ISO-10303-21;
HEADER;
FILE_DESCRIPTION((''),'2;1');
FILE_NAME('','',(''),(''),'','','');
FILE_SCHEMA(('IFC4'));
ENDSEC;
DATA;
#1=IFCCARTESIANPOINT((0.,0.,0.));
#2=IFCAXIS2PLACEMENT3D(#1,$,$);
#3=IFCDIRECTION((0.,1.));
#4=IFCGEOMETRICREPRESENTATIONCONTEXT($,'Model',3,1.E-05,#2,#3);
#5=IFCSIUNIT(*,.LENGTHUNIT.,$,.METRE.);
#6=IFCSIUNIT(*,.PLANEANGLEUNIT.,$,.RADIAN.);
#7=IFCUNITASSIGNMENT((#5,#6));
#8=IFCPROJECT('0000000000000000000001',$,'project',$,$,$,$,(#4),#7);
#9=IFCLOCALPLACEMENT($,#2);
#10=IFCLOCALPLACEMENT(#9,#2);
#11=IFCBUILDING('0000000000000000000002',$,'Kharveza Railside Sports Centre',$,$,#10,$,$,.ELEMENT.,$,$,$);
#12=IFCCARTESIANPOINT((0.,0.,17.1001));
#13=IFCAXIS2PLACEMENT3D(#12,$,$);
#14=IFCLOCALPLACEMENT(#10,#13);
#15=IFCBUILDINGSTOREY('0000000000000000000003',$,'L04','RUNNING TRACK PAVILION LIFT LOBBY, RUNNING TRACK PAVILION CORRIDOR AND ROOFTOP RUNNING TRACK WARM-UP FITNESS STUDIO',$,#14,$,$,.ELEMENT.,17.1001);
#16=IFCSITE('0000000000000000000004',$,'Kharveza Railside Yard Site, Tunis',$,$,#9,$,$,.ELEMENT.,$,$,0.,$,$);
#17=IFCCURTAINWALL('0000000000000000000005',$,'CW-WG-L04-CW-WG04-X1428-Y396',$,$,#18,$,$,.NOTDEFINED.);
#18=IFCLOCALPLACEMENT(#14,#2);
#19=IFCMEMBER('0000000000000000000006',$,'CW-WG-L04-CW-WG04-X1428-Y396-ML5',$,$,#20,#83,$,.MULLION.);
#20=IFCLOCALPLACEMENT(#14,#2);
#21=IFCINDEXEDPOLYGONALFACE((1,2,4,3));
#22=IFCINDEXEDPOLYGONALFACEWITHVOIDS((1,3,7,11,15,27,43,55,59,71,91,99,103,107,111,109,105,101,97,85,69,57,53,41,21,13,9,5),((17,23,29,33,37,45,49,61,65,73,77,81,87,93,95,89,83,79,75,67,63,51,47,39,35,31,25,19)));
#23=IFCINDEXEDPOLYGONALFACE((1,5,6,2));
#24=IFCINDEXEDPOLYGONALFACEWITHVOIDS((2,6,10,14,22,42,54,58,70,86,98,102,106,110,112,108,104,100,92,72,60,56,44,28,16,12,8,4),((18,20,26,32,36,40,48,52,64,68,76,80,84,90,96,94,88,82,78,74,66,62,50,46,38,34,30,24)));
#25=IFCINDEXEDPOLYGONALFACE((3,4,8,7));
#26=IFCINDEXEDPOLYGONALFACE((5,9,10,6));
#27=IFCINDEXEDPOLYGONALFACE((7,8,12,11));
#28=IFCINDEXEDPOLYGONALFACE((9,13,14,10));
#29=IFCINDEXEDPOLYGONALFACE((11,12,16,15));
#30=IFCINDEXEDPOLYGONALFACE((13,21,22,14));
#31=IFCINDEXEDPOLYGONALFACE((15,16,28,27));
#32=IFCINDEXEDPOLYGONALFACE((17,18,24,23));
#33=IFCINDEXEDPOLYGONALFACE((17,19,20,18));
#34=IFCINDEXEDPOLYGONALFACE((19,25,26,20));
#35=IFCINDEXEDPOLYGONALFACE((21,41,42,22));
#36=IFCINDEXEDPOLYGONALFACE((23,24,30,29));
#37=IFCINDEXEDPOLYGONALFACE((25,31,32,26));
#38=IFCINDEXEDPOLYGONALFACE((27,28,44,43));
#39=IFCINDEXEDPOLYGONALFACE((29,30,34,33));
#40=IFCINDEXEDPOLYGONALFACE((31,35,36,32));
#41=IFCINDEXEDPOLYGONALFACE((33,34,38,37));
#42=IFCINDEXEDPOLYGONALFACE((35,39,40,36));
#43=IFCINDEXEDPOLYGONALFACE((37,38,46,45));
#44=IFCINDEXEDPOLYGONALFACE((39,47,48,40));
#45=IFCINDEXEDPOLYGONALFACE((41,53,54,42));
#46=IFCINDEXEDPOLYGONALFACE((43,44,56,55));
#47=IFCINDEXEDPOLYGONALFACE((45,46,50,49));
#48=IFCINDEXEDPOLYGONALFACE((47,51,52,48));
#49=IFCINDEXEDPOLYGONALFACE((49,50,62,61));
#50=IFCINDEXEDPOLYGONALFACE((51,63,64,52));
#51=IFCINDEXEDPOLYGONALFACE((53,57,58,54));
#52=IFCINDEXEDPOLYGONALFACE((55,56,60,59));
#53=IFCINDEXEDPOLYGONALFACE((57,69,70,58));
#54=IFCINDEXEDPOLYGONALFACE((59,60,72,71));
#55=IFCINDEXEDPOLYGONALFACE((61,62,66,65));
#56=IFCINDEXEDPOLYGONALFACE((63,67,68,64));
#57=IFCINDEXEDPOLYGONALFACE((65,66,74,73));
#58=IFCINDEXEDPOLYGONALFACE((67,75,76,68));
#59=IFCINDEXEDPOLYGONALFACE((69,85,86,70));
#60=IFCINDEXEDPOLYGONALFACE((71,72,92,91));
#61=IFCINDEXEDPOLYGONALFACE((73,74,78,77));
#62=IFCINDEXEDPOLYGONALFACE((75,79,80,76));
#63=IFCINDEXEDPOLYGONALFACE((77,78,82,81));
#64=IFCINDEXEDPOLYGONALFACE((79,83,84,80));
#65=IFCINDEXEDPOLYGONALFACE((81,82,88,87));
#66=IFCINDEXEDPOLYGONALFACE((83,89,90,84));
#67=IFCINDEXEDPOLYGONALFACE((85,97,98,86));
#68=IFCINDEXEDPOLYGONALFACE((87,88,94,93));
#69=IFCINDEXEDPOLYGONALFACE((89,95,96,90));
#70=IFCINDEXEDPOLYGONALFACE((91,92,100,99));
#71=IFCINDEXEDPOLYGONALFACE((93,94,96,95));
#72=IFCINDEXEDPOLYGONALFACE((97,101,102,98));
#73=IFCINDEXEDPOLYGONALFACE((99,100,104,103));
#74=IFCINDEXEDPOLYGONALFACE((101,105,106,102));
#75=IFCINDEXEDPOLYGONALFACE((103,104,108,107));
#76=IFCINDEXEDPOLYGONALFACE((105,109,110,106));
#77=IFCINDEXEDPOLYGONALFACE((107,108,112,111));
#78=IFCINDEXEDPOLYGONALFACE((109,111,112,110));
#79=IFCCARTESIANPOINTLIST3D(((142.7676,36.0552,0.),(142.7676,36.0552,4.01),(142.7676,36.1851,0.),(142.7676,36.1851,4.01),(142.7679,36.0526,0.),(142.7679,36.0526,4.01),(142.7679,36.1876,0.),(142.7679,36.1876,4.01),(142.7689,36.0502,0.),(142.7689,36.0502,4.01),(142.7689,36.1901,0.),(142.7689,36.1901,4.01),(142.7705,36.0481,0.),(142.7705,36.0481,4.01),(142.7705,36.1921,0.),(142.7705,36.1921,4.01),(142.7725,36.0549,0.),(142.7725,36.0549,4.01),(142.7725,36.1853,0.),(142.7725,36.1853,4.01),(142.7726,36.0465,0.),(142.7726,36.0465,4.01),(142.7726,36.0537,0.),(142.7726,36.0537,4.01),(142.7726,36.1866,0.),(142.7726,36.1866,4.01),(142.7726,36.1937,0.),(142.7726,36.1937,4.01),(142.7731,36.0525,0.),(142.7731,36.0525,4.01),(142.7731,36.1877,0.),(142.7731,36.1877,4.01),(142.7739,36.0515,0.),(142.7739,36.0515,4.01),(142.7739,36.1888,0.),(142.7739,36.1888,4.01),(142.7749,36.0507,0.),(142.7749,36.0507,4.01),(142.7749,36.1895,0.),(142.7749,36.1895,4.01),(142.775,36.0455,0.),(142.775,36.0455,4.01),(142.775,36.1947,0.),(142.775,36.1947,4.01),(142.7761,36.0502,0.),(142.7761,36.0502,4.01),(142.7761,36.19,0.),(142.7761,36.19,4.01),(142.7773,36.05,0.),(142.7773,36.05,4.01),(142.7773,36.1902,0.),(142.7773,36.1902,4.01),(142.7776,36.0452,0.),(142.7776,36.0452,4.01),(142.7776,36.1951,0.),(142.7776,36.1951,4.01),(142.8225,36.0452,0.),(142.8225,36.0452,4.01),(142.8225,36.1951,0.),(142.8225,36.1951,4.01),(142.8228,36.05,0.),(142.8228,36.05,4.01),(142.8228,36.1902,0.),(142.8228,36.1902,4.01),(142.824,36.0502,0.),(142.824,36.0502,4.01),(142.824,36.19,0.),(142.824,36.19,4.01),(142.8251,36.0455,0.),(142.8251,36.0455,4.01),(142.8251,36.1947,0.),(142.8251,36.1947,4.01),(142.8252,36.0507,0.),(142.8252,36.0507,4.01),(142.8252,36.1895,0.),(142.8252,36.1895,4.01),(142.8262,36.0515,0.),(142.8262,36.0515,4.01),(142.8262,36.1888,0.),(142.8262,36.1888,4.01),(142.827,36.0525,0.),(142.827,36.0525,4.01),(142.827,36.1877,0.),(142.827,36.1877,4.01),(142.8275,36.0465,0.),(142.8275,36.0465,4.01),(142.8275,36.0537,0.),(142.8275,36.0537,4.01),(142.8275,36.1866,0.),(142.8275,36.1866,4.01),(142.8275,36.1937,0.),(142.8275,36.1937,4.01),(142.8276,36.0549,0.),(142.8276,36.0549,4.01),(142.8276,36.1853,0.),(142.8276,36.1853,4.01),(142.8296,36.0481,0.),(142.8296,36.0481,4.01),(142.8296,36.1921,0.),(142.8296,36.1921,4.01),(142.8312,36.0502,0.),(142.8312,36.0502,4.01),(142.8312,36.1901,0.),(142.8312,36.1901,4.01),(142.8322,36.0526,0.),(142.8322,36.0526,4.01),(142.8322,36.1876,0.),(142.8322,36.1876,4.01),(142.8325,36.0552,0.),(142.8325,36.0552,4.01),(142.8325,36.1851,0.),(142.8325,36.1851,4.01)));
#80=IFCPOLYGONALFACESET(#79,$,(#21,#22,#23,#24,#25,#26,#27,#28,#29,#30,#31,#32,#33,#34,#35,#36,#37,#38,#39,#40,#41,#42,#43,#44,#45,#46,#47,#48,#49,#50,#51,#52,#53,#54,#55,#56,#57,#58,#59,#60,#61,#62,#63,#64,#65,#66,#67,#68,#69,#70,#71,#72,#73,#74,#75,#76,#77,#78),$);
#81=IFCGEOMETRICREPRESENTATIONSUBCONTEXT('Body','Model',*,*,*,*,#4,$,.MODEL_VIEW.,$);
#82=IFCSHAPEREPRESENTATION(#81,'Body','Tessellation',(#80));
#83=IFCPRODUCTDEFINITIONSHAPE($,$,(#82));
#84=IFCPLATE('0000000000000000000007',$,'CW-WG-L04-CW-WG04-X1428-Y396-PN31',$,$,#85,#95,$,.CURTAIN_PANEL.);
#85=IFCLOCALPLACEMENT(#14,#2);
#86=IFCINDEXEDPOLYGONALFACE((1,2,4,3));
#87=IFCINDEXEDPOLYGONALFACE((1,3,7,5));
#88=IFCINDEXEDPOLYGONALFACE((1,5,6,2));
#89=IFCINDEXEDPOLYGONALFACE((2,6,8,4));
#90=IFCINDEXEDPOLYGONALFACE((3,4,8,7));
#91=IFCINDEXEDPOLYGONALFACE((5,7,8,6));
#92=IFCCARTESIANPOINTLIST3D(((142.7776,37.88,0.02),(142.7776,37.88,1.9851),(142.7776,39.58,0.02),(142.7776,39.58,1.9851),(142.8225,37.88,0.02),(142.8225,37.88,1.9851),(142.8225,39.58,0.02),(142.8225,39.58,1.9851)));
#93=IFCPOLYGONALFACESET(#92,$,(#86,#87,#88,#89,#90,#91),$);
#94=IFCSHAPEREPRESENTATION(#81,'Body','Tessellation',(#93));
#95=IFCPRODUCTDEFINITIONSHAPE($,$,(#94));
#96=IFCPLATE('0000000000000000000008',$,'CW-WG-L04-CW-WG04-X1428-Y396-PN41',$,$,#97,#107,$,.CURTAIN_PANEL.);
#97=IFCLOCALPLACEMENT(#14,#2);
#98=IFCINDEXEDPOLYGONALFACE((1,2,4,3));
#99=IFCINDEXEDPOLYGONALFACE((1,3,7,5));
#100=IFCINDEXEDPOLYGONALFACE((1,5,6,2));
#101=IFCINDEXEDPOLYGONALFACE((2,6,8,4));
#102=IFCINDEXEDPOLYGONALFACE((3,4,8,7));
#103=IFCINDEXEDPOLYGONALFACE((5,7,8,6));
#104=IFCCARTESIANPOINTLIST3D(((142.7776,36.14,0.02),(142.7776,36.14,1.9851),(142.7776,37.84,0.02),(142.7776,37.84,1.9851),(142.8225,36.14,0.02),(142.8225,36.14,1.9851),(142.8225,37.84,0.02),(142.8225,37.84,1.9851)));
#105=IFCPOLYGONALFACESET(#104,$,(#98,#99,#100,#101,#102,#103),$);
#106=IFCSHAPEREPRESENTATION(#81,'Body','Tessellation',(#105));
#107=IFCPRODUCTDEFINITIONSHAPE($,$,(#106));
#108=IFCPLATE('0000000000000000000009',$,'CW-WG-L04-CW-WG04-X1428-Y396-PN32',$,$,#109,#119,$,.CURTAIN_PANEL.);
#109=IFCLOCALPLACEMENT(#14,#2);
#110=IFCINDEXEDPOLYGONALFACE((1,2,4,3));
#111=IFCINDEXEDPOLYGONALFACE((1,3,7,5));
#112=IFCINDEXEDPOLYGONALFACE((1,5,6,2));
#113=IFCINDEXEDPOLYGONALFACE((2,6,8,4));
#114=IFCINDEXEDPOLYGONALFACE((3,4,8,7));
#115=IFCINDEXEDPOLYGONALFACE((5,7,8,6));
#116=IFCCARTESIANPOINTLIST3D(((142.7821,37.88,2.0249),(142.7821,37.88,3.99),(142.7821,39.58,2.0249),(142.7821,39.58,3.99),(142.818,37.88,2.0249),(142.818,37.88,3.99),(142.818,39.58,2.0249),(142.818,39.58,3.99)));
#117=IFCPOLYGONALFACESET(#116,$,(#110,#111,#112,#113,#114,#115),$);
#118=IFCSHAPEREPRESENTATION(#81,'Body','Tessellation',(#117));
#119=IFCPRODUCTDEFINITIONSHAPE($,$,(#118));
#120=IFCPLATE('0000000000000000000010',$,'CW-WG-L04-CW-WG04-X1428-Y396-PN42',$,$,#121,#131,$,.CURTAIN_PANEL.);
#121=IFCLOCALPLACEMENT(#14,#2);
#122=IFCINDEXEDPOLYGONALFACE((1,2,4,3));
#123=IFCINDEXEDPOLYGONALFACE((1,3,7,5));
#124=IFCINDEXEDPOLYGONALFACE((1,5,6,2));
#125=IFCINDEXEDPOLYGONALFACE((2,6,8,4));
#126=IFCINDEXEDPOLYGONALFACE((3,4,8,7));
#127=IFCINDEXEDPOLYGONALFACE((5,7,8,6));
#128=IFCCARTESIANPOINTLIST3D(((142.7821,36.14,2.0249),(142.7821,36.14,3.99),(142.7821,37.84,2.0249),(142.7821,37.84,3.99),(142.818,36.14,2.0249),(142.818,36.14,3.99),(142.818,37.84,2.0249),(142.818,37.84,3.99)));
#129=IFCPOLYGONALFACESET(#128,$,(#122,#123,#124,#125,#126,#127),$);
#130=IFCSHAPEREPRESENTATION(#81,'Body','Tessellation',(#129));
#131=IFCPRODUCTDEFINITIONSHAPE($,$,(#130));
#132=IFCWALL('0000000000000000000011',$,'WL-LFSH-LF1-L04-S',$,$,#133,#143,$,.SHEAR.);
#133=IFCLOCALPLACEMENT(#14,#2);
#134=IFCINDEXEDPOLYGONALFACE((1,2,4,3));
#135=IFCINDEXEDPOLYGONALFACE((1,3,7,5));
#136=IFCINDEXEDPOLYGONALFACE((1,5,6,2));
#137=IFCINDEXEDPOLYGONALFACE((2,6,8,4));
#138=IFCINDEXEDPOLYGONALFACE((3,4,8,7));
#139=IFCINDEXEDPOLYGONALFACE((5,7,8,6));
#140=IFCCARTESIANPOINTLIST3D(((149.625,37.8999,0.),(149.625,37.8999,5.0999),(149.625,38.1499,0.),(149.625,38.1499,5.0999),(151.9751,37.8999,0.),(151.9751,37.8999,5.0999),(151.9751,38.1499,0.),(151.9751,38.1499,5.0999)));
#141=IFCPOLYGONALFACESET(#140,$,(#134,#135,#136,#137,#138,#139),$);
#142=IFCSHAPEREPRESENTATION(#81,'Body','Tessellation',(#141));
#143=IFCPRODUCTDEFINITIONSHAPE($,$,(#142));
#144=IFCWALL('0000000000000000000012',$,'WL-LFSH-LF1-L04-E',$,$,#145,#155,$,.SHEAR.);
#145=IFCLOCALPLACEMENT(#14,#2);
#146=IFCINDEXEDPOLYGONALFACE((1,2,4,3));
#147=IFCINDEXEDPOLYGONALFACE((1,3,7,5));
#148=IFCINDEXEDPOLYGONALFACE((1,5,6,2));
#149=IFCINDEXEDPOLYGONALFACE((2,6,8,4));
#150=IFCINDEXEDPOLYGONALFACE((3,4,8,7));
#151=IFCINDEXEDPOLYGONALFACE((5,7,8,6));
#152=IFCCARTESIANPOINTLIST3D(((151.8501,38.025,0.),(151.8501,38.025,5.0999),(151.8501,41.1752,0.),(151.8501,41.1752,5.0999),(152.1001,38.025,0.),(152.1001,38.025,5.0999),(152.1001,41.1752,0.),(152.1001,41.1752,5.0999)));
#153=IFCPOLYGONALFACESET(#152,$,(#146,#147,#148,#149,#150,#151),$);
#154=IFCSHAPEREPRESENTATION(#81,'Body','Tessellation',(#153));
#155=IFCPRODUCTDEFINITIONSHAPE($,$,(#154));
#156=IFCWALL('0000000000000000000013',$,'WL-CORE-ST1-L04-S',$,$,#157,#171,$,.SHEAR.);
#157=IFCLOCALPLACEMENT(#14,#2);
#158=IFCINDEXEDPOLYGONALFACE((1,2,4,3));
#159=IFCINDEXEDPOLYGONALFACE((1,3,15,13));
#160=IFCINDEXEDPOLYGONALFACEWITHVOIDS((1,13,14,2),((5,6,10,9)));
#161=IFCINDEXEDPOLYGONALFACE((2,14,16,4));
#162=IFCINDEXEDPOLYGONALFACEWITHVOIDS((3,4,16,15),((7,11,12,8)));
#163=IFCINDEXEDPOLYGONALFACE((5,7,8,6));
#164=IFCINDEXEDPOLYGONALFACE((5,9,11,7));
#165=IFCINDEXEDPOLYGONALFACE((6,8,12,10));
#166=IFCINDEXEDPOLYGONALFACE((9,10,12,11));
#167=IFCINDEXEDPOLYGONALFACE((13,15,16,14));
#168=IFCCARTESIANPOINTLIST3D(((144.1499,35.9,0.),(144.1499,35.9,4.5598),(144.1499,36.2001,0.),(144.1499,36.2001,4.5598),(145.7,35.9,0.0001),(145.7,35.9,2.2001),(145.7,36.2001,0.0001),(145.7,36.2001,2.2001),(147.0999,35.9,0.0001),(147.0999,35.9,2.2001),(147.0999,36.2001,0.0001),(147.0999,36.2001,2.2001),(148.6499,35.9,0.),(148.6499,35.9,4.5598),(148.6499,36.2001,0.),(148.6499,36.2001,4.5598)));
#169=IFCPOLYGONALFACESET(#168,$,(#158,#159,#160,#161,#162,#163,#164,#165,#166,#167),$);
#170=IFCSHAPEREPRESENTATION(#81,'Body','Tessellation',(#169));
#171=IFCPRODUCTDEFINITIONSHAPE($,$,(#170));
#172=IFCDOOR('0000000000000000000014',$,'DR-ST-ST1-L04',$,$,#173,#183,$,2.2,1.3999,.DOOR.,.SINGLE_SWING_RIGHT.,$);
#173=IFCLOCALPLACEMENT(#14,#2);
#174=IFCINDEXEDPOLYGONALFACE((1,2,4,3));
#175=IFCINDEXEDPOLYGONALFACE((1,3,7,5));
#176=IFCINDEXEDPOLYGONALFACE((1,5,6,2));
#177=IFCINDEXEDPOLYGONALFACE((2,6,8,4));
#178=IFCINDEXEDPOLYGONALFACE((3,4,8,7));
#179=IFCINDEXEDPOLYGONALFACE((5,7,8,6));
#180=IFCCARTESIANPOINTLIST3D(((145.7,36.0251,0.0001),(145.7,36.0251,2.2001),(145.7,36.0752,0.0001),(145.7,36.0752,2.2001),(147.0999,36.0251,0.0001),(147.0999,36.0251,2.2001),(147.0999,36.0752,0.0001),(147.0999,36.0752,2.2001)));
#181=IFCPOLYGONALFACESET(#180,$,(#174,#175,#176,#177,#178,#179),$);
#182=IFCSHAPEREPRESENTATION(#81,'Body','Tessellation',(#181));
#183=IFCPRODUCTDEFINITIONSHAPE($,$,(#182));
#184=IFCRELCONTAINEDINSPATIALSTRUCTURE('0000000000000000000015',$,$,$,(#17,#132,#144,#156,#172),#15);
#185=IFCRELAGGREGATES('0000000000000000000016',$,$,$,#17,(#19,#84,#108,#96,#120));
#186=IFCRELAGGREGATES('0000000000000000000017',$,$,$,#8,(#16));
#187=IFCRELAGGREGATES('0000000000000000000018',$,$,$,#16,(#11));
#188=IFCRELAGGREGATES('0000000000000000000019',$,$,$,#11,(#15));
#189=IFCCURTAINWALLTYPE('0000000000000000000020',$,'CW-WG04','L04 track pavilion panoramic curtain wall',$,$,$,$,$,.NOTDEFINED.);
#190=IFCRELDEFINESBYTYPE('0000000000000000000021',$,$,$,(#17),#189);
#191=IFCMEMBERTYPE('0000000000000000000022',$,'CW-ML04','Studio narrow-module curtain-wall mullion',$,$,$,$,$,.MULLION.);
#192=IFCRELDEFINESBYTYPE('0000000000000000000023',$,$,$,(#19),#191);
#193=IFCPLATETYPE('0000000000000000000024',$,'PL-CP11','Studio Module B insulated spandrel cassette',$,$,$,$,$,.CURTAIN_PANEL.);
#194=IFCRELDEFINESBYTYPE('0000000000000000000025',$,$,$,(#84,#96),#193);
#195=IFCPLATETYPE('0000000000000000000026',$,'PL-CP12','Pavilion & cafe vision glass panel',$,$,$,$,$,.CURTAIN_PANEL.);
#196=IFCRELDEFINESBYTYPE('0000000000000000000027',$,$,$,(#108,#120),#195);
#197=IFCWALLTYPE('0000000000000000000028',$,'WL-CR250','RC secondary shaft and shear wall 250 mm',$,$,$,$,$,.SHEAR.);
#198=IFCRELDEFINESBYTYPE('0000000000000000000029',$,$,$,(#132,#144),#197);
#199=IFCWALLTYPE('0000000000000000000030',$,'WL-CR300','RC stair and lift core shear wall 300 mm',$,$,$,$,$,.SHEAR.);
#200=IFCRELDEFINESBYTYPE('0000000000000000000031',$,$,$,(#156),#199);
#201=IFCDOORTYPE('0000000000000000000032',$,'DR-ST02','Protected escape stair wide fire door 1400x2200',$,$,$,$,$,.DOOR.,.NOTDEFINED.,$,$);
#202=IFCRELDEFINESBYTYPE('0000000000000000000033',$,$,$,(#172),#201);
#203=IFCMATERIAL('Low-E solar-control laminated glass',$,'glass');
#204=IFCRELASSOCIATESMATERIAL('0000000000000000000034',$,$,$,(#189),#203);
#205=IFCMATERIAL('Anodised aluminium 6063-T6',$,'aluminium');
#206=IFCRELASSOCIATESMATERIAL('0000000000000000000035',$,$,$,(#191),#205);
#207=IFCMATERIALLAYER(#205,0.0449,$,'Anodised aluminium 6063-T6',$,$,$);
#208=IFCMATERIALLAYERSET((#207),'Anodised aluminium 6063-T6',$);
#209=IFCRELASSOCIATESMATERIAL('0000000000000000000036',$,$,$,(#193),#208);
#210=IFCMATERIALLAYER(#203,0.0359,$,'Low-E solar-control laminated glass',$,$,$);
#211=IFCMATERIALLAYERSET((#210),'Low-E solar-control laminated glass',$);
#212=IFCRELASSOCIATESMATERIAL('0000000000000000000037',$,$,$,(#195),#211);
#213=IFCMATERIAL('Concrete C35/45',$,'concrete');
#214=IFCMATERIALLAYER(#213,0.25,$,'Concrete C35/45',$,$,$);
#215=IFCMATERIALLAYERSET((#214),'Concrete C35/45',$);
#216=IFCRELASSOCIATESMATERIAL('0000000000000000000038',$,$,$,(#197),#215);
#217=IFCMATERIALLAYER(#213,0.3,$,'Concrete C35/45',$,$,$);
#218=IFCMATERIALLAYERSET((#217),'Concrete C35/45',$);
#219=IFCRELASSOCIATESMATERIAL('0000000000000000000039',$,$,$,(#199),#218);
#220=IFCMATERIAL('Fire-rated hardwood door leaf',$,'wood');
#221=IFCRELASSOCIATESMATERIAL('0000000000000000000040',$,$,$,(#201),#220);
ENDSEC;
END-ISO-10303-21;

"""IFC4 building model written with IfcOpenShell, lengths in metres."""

from ifc_helpers import new_model, si_unit, direction, frame, frame_2d, origin, origin_2d, place, context, subcontext, project, spatial, rectangle, hollow_rectangle, extrude, material, layer, layer_set, material_profile, profile_set, type_object, element, fill, aggregate, save


model = new_model("IFC4")

# Units and contexts
model_context = context("Model", 3, precision=1e-05, world=origin(), true_north=direction((0.0, 1.0)))
body_context = subcontext(model_context, "Body", "Model", "MODEL_VIEW")
ifc_project = project(units=[si_unit("LENGTHUNIT", "METRE"), si_unit("PLANEANGLEUNIT", "RADIAN")], contexts=[model_context])

# Site, building, storey
site_placement = place(None, origin())
site = spatial("IfcSite", under=ifc_project, at=site_placement, Name="Kharveza Railside Yard Site, Tunis", CompositionType="ELEMENT", RefElevation=0.0)
building_placement = place(site_placement, origin())
building = spatial("IfcBuilding", under=site, at=building_placement, Name="Kharveza Railside Sports Centre", CompositionType="ELEMENT")
storey_placement = place(building_placement, frame((0.0, 0.0, 17.1001)))
storey = spatial("IfcBuildingStorey", under=building, at=storey_placement, Name="L04", Description="RUNNING TRACK PAVILION LIFT LOBBY, RUNNING TRACK PAVILION CORRIDOR AND ROOFTOP RUNNING TRACK WARM-UP FITNESS STUDIO", CompositionType="ELEMENT", Elevation=17.1001)

# Curtain wall, member, plates
ifc_material_1 = material(Name="Low-E solar-control laminated glass", Category="glass")
curtain_wall_type = type_object("IfcCurtainWallType", Name="CW-WG04", Description="L04 track pavilion panoramic curtain wall", PredefinedType="NOTDEFINED", material=ifc_material_1)
curtain_wall_placement = place(storey_placement, origin())
curtain_wall = element("IfcCurtainWall", 1, at=curtain_wall_placement, inside=storey, type_object=curtain_wall_type, Name="CW-WG-L04-CW-WG04-X1428-Y396", PredefinedType="NOTDEFINED")
ifc_material_2 = material(Name="Anodised aluminium 6063-T6", Category="aluminium")
ifc_material_profile_1 = material_profile(ifc_material_2, hollow_rectangle(XDim=0.0649, YDim=0.1499, WallThickness=0.0049, InnerFilletRadius=0.0049, OuterFilletRadius=0.01, at=origin_2d()), Name="RHS 65x150x5.0")
ifc_profile_set_1 = profile_set([ifc_material_profile_1], Name="Anodised aluminium 6063-T6")
member_type = type_object("IfcMemberType", Name="CW-ML04", Description="Studio narrow-module curtain-wall mullion", PredefinedType="MULLION", material=ifc_profile_set_1)
member_1_placement = place(storey_placement, frame((142.8, 36.1201, 0.0), z_axis=(0.0, 0.0, 1.0), x_axis=(1.0, 0.0, 0.0)))
member_1 = element("IfcMember", 2, at=member_1_placement, type_object=member_type, Name="CW-WG-L04-CW-WG04-X1428-Y396-ML5", PredefinedType="MULLION", context=body_context, shape_type="SweptSolid", body=[
    extrude(hollow_rectangle(XDim=0.0649, YDim=0.1499, WallThickness=0.0049, InnerFilletRadius=0.0049, OuterFilletRadius=0.01, at=origin_2d()), origin(), (0.0, 0.0, 1.0), 4.01),
])
ifc_layer_1 = layer(ifc_material_2, 0.0449, Name="Anodised aluminium 6063-T6")
ifc_layer_set_1 = layer_set([ifc_layer_1], Name="Anodised aluminium 6063-T6")
plate_type_1 = type_object("IfcPlateType", Name="PL-CP11", Description="Studio Module B insulated spandrel cassette", PredefinedType="CURTAIN_PANEL", material=ifc_layer_set_1)
plate_1_placement = place(storey_placement, frame((142.8, 38.73, 0.02), z_axis=(0.0, 0.0, 1.0), x_axis=(0.0, -1.0, 0.0)))
plate_1 = element("IfcPlate", 3, at=plate_1_placement, type_object=plate_type_1, Name="CW-WG-L04-CW-WG04-X1428-Y396-PN31", PredefinedType="CURTAIN_PANEL", context=body_context, shape_type="SweptSolid", body=[
    extrude(rectangle(XDim=1.7, YDim=0.0449, at=origin_2d()), origin(), (0.0, 0.0, 1.0), 1.9651),
])
plate_2_placement = place(storey_placement, frame((142.8, 36.99, 0.02), z_axis=(0.0, 0.0, 1.0), x_axis=(0.0, -1.0, 0.0)))
plate_2 = element("IfcPlate", 4, at=plate_2_placement, type_object=plate_type_1, Name="CW-WG-L04-CW-WG04-X1428-Y396-PN41", PredefinedType="CURTAIN_PANEL", context=body_context, shape_type="SweptSolid", body=[
    extrude(rectangle(XDim=1.7, YDim=0.0449, at=origin_2d()), origin(), (0.0, 0.0, 1.0), 1.9651),
])
ifc_layer_2 = layer(ifc_material_1, 0.0359, Name="Low-E solar-control laminated glass")
ifc_layer_set_2 = layer_set([ifc_layer_2], Name="Low-E solar-control laminated glass")
plate_type_2 = type_object("IfcPlateType", Name="PL-CP12", Description="Pavilion & cafe vision glass panel", PredefinedType="CURTAIN_PANEL", material=ifc_layer_set_2)
plate_3_placement = place(storey_placement, frame((142.8, 38.73, 2.0249), z_axis=(0.0, 0.0, 1.0), x_axis=(0.0, -1.0, 0.0)))
plate_3 = element("IfcPlate", 5, at=plate_3_placement, type_object=plate_type_2, Name="CW-WG-L04-CW-WG04-X1428-Y396-PN32", PredefinedType="CURTAIN_PANEL", context=body_context, shape_type="SweptSolid", body=[
    extrude(rectangle(XDim=1.7, YDim=0.0359, at=origin_2d()), origin(), (0.0, 0.0, 1.0), 1.9651),
])
plate_4_placement = place(storey_placement, frame((142.8, 36.99, 2.0249), z_axis=(0.0, 0.0, 1.0), x_axis=(0.0, -1.0, 0.0)))
plate_4 = element("IfcPlate", 6, at=plate_4_placement, type_object=plate_type_2, Name="CW-WG-L04-CW-WG04-X1428-Y396-PN42", PredefinedType="CURTAIN_PANEL", context=body_context, shape_type="SweptSolid", body=[
    extrude(rectangle(XDim=1.7, YDim=0.0359, at=origin_2d()), origin(), (0.0, 0.0, 1.0), 1.9651),
])
aggregate(curtain_wall, [member_1, plate_1, plate_3, plate_2, plate_4])

# Walls
ifc_material_3 = material(Name="Concrete C35/45", Category="concrete")
ifc_layer_3 = layer(ifc_material_3, 0.25, Name="Concrete C35/45")
ifc_layer_set_3 = layer_set([ifc_layer_3], Name="Concrete C35/45")
wall_type_1 = type_object("IfcWallType", Name="WL-CR250", Description="RC secondary shaft and shear wall 250 mm", PredefinedType="SHEAR", material=ifc_layer_set_3)
wall_1_placement = place(storey_placement, frame((149.625, 38.0249, 0.0), z_axis=(0.0, 0.0, 1.0), x_axis=(1.0, 0.0, 0.0)))
element("IfcWall", 7, at=wall_1_placement, inside=storey, type_object=wall_type_1, Name="WL-LFSH-LF1-L04-S", PredefinedType="SHEAR", context=body_context, shape_type="SweptSolid", body=[
    extrude(rectangle(XDim=2.3501, YDim=0.25, at=frame_2d((1.175, 0.0))), origin(), (0.0, 0.0, 1.0), 5.0999),
])
wall_2_placement = place(storey_placement, frame((151.9751, 38.0249, 0.0), z_axis=(0.0, 0.0, 1.0), x_axis=(0.0, 1.0, 0.0)))
element("IfcWall", 8, at=wall_2_placement, inside=storey, type_object=wall_type_1, Name="WL-LFSH-LF1-L04-E", PredefinedType="SHEAR", context=body_context, shape_type="SweptSolid", body=[
    extrude(rectangle(XDim=3.1501, YDim=0.25, at=frame_2d((1.5752, 0.0))), origin(), (0.0, 0.0, 1.0), 5.0999),
])

# Wall, opening, door
ifc_layer_4 = layer(ifc_material_3, 0.3, Name="Concrete C35/45")
ifc_layer_set_4 = layer_set([ifc_layer_4], Name="Concrete C35/45")
wall_type_2 = type_object("IfcWallType", Name="WL-CR300", Description="RC stair and lift core shear wall 300 mm", PredefinedType="SHEAR", material=ifc_layer_set_4)
wall_3_placement = place(storey_placement, frame((144.1499, 36.05, 0.0), z_axis=(0.0, 0.0, 1.0), x_axis=(1.0, 0.0, 0.0)))
wall_3 = element("IfcWall", 9, at=wall_3_placement, inside=storey, type_object=wall_type_2, Name="WL-CORE-ST1-L04-S", PredefinedType="SHEAR", context=body_context, shape_type="SweptSolid", body=[
    extrude(rectangle(XDim=4.5, YDim=0.3, at=frame_2d((2.25, 0.0))), origin(), (0.0, 0.0, 1.0), 4.5598),
])
opening_1_placement = place(wall_3_placement, frame((1.55, 0.0, 0.0)))
opening_1 = element("IfcOpeningElement", 10, at=opening_1_placement, cuts=wall_3, PredefinedType="OPENING", context=body_context, shape_type="SweptSolid", body=[
    extrude(rectangle(XDim=1.3999, YDim=2.2, at=frame_2d((0.7, 1.1001))), frame((0.0, 0.1748, 0.0), z_axis=(0.0, -1.0, 0.0), x_axis=(1.0, 0.0, 0.0)), (0.0, 0.0, 1.0), 0.3499),
])
ifc_material_4 = material(Name="Fire-rated hardwood door leaf", Category="wood")
door_type_1 = type_object("IfcDoorType", Name="DR-ST02", Description="Protected escape stair wide fire door 1400x2200", OperationType="NOTDEFINED", PredefinedType="DOOR", material=ifc_material_4)
door_1_placement = place(opening_1_placement, frame((1.3999, 0.0, 0.0), z_axis=(0.0, 0.0, 1.0), x_axis=(-1.0, 0.0, 0.0)))
door_1 = element("IfcDoor", 11, at=door_1_placement, inside=storey, type_object=door_type_1, Name="DR-ST-ST1-L04", OperationType="SINGLE_SWING_RIGHT", OverallHeight=2.2, OverallWidth=1.3999, PredefinedType="DOOR", context=body_context, shape_type="SweptSolid", body=[
    extrude(rectangle(XDim=1.3999, YDim=2.2, at=frame_2d((0.7, 1.1001))), frame((0.0, 0.0249, 0.0), z_axis=(0.0, -1.0, 0.0), x_axis=(1.0, 0.0, 0.0)), (0.0, 0.0, 1.0), 0.05),
])
fill(opening_1, door_1)

save(model, "model.ifc")
